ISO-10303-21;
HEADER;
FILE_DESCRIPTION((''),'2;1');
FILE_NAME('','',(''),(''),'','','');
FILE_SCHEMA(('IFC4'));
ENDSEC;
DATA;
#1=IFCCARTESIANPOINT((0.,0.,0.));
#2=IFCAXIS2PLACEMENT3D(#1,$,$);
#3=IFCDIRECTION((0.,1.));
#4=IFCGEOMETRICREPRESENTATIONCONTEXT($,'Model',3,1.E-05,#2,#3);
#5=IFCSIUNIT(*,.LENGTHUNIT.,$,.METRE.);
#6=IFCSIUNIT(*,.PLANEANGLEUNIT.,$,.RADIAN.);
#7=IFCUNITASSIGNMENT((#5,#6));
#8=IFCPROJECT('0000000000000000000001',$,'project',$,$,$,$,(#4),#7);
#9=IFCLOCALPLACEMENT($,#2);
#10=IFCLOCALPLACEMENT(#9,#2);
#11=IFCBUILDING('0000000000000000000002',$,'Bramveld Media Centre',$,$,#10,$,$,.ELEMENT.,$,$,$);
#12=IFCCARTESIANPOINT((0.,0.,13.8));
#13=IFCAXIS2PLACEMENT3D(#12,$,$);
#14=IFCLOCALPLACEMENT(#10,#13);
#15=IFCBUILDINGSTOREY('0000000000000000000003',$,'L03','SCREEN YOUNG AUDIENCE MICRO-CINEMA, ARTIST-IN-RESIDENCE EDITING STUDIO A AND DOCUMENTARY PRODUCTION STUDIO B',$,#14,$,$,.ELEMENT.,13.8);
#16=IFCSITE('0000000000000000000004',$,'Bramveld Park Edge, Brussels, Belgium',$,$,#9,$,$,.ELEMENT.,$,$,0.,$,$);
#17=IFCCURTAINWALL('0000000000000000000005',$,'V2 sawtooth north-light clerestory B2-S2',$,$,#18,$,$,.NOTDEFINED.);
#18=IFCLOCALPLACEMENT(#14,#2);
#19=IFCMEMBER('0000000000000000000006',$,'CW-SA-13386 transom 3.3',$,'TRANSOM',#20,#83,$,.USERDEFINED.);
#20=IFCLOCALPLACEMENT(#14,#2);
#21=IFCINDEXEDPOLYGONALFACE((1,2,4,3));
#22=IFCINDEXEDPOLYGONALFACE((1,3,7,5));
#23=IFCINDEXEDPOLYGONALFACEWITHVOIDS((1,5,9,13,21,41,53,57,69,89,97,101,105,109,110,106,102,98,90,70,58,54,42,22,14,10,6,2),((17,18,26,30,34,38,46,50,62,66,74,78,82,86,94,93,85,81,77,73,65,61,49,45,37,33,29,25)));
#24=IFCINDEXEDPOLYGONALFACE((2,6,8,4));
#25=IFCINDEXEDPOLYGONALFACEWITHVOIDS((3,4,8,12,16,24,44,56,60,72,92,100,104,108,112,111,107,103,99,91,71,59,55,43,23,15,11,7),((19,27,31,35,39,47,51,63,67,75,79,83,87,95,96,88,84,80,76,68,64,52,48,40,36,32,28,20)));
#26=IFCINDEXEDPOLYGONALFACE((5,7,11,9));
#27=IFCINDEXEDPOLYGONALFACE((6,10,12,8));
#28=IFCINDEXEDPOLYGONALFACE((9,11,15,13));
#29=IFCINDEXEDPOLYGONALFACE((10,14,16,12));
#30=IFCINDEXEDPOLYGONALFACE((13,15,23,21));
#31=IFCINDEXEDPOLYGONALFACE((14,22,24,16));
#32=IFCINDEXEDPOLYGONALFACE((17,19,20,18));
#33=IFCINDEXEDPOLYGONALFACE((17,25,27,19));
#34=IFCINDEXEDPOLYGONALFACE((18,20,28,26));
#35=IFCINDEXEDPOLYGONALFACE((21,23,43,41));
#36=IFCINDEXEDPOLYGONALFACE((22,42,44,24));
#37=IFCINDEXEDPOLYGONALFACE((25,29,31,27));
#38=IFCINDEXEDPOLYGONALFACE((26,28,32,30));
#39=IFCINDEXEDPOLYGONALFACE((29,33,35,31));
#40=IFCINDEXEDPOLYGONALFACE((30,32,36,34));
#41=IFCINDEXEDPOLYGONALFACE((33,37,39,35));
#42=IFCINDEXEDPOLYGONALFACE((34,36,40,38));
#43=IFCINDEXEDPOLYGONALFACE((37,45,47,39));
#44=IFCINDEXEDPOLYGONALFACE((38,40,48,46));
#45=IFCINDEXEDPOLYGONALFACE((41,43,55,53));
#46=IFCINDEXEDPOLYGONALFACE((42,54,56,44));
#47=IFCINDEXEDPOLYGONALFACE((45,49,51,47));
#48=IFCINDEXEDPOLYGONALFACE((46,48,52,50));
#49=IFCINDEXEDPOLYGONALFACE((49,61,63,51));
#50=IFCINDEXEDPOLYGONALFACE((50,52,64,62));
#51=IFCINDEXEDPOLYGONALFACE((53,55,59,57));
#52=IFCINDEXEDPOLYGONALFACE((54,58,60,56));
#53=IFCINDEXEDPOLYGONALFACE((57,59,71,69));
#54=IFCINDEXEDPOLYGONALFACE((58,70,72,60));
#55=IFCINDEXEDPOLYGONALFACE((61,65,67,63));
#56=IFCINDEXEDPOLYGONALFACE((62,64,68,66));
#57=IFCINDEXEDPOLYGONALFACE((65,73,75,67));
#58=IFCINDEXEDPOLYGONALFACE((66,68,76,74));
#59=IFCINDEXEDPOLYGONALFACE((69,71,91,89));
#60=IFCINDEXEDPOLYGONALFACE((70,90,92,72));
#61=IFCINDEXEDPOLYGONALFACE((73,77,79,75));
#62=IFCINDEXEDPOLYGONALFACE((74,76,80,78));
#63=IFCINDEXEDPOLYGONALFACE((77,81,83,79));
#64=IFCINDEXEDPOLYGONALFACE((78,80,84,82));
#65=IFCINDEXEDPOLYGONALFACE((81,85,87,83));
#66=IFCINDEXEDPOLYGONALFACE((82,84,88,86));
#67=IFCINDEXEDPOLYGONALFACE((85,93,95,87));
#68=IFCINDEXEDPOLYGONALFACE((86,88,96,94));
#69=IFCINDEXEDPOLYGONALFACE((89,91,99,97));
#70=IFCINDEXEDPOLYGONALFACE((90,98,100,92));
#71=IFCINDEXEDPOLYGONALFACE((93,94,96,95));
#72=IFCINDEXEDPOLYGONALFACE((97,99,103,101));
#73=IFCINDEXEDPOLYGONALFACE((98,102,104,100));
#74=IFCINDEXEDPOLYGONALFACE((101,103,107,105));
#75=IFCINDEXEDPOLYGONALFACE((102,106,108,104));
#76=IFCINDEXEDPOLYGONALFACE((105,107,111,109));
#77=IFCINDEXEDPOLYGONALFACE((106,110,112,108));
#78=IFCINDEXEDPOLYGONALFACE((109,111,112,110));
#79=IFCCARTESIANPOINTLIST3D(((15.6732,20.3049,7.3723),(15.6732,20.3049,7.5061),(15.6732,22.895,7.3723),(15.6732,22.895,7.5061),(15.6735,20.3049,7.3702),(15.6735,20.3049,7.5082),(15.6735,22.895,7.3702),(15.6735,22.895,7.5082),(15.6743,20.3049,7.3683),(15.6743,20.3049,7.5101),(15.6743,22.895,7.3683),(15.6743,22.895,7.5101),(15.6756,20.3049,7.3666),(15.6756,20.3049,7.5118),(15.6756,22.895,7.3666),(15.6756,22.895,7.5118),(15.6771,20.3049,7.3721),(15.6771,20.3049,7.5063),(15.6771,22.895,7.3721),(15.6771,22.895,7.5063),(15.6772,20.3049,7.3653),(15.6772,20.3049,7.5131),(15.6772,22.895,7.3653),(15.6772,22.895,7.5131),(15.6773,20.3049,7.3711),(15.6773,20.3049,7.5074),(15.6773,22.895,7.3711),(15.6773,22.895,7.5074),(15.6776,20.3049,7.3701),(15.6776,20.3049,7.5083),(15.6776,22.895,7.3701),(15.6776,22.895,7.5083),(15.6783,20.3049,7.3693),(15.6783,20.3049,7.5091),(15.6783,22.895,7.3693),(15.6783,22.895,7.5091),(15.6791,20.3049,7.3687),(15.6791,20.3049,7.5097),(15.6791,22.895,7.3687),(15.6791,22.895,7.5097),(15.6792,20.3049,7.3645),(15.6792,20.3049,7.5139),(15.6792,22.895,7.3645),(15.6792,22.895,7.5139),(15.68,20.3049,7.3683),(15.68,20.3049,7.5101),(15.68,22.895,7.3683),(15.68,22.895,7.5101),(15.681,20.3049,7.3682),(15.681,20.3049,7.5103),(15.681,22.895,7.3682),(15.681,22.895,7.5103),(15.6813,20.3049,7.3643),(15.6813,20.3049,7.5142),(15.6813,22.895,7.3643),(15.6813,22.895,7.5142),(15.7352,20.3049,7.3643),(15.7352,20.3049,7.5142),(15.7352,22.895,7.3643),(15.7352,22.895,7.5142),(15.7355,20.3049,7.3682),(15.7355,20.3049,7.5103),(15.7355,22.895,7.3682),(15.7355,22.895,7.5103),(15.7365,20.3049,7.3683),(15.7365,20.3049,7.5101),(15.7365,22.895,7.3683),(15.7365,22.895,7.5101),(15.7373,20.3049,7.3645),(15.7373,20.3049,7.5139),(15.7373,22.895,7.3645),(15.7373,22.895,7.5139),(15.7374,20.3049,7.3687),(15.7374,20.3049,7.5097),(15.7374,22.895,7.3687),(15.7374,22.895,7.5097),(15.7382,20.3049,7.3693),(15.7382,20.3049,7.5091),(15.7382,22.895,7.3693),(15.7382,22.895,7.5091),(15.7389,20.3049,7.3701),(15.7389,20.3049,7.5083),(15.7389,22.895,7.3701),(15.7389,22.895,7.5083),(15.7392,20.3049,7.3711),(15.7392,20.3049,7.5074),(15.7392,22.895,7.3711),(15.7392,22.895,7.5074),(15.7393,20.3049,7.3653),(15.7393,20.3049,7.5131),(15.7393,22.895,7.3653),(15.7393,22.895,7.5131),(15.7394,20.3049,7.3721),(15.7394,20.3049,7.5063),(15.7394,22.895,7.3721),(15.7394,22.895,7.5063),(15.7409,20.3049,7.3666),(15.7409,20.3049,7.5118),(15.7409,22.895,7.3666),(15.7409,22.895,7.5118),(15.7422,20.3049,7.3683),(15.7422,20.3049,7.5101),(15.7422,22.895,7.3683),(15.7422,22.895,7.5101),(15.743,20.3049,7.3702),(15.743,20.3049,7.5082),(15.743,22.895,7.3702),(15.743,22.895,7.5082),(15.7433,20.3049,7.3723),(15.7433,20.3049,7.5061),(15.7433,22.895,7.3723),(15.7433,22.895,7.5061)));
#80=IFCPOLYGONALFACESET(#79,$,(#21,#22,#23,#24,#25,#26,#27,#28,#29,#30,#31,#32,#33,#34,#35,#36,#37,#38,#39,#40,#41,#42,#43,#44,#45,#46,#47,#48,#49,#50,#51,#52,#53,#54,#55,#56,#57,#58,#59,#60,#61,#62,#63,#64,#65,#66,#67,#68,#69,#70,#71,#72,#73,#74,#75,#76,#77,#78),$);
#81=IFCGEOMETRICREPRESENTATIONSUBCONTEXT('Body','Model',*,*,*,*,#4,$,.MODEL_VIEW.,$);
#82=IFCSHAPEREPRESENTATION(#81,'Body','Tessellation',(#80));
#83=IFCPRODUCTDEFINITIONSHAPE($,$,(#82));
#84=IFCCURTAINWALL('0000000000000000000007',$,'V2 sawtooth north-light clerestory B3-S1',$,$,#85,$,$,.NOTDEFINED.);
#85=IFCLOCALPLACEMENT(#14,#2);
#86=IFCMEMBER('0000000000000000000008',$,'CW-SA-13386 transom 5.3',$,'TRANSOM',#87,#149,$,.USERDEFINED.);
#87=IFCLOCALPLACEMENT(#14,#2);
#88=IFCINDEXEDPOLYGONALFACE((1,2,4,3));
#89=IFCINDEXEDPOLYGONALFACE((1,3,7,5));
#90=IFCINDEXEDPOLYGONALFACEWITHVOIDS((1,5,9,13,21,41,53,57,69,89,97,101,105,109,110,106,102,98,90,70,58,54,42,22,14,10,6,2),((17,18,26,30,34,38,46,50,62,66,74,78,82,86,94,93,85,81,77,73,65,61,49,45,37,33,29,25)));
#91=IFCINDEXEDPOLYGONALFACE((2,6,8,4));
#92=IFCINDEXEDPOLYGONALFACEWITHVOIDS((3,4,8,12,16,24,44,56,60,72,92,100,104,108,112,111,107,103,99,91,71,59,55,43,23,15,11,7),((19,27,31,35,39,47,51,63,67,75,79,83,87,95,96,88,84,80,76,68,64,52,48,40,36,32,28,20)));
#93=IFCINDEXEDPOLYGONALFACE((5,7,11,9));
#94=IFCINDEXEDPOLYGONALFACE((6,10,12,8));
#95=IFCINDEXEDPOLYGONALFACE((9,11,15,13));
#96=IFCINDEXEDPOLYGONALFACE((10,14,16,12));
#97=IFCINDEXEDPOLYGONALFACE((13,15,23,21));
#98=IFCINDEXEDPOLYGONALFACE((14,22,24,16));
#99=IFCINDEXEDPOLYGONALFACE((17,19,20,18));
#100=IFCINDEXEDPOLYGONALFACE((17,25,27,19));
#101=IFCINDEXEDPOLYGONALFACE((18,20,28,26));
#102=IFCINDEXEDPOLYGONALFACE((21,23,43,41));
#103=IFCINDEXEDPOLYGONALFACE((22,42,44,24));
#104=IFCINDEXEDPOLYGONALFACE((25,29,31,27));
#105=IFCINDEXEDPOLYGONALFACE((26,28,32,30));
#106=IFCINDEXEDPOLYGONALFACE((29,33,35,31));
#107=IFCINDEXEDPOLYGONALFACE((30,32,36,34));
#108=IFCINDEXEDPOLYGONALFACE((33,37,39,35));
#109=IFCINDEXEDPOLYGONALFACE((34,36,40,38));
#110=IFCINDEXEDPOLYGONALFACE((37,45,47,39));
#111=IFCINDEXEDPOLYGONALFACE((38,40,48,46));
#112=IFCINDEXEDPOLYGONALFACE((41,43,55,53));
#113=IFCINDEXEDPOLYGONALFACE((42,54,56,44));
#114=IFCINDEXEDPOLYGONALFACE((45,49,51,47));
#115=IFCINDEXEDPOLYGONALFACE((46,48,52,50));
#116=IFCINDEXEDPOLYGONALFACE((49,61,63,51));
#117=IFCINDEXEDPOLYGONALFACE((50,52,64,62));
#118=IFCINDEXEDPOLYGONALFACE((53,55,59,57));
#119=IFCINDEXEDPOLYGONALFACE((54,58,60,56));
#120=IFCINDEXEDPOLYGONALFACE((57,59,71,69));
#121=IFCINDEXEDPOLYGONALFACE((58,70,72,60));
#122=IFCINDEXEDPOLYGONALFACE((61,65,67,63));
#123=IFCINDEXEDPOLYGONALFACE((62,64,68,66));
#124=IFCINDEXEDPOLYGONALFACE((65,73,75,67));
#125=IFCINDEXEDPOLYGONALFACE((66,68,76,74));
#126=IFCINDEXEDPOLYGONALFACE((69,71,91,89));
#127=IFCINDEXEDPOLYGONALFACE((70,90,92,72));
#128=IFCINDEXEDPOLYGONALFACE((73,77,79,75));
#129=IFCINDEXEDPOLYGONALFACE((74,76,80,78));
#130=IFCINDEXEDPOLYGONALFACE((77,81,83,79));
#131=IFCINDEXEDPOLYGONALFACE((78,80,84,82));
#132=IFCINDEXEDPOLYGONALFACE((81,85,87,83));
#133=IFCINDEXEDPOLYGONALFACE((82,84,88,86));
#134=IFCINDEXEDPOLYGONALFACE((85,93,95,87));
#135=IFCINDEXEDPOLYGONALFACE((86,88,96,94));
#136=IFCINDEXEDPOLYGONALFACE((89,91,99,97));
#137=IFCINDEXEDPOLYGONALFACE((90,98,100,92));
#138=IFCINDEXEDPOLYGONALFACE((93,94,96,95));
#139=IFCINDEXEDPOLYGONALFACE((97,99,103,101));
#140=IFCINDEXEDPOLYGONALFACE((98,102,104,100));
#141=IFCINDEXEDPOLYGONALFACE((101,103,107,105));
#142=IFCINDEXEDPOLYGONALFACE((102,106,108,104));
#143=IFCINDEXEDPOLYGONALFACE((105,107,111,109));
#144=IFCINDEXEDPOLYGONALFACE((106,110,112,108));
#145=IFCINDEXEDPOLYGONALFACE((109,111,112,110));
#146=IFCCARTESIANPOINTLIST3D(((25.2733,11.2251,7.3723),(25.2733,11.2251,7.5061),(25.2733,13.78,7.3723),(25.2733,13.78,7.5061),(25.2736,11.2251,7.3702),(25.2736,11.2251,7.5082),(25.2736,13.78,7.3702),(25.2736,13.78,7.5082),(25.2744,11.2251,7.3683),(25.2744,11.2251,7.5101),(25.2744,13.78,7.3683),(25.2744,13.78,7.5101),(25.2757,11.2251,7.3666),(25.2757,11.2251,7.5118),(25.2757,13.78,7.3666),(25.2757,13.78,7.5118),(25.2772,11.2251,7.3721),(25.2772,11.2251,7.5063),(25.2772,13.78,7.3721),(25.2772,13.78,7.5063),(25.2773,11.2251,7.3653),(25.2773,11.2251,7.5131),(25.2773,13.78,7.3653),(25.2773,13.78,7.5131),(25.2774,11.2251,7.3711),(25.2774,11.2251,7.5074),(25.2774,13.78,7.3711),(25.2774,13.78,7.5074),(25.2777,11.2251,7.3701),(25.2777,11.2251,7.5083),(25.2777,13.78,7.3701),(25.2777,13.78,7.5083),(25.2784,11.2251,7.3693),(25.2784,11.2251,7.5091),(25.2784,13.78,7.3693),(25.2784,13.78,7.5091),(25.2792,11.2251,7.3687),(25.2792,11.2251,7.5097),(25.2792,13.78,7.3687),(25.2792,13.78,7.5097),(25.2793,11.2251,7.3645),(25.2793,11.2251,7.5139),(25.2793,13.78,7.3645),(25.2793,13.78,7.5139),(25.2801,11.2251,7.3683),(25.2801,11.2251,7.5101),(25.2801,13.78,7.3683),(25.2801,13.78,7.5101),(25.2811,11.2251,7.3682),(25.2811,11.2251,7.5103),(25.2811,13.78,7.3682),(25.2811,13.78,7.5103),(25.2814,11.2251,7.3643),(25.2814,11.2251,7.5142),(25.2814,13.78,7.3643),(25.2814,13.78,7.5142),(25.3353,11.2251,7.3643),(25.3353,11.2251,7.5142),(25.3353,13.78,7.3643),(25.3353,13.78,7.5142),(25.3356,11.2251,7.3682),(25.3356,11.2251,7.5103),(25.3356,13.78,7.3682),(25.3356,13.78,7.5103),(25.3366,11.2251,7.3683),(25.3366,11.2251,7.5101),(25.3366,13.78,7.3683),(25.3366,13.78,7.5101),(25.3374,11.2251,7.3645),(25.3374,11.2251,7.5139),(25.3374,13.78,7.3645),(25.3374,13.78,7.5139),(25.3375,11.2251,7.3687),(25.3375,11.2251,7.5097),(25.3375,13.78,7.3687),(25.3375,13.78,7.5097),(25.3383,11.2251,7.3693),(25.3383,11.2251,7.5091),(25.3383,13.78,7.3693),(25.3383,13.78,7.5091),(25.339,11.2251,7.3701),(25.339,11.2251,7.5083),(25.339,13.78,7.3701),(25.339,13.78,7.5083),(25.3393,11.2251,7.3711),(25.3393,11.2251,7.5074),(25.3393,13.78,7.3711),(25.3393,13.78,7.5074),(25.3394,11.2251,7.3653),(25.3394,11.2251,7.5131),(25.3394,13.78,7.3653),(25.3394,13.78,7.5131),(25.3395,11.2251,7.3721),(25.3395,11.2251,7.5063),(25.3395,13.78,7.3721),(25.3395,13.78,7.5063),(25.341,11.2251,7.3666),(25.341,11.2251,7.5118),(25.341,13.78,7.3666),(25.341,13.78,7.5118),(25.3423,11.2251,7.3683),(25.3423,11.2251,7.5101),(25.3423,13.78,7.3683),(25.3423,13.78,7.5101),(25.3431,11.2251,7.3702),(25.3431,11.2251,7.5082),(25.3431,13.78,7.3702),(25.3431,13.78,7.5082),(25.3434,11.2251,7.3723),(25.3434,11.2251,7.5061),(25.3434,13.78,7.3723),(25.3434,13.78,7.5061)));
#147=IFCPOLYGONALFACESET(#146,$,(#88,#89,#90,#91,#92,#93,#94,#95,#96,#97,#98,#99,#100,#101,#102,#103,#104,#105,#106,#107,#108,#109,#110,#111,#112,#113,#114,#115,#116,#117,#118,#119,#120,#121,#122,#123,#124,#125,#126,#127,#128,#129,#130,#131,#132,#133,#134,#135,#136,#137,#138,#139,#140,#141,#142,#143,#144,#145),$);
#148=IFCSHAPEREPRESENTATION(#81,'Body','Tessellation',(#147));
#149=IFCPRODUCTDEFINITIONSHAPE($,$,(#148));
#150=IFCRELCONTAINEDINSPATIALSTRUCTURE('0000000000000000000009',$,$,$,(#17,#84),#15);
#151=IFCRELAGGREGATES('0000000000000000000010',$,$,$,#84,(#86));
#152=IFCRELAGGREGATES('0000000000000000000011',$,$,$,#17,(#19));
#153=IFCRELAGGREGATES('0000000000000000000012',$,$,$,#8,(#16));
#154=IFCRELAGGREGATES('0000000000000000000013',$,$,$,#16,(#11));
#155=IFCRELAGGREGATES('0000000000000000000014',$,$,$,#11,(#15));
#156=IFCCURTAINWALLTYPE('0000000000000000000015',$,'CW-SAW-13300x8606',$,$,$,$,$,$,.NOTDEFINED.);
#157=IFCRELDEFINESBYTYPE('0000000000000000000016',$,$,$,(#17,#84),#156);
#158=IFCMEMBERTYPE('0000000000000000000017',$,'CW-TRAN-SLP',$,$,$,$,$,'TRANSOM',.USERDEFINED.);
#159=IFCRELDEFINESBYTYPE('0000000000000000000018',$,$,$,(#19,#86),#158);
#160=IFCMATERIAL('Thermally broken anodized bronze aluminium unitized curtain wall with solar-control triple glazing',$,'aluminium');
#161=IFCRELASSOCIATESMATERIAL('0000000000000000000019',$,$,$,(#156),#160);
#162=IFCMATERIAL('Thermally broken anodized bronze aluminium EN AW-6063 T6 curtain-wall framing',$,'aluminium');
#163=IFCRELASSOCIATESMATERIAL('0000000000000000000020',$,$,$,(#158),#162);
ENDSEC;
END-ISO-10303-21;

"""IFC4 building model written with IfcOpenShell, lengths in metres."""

from ifc_helpers import new_model, si_unit, direction, frame, origin, origin_2d, place, context, subcontext, project, spatial, hollow_rectangle, extrude, material, material_profile, profile_set, type_object, element, aggregate, save


model = new_model("IFC4")

# Units and contexts
model_context = context("Model", 3, precision=1e-05, world=origin(), true_north=direction((0.0, 1.0)))
body_context = subcontext(model_context, "Body", "Model", "MODEL_VIEW")
ifc_project = project(units=[si_unit("LENGTHUNIT", "METRE"), si_unit("PLANEANGLEUNIT", "RADIAN")], contexts=[model_context])

# Site, building, storey
site_placement = place(None, origin())
site = spatial("IfcSite", under=ifc_project, at=site_placement, Name="Bramveld Park Edge, Brussels, Belgium", CompositionType="ELEMENT", RefElevation=0.0)
building_placement = place(site_placement, origin())
building = spatial("IfcBuilding", under=site, at=building_placement, Name="Bramveld Media Centre", CompositionType="ELEMENT")
storey_placement = place(building_placement, frame((0.0, 0.0, 13.8)))
storey = spatial("IfcBuildingStorey", under=building, at=storey_placement, Name="L03", Description="SCREEN YOUNG AUDIENCE MICRO-CINEMA, ARTIST-IN-RESIDENCE EDITING STUDIO A AND DOCUMENTARY PRODUCTION STUDIO B", CompositionType="ELEMENT", Elevation=13.8)

# Curtain wall
ifc_material_1 = material(Name="Thermally broken anodized bronze aluminium unitized curtain wall with solar-control triple glazing", Category="aluminium")
curtain_wall_type = type_object("IfcCurtainWallType", Name="CW-SAW-13300x8606", PredefinedType="NOTDEFINED", material=ifc_material_1)
curtain_wall_1_placement = place(storey_placement, origin())
curtain_wall_1 = element("IfcCurtainWall", 1, at=curtain_wall_1_placement, inside=storey, type_object=curtain_wall_type, Name="V2 sawtooth north-light clerestory B2-S2", PredefinedType="NOTDEFINED")

# Member
ifc_material_2 = material(Name="Thermally broken anodized bronze aluminium EN AW-6063 T6 curtain-wall framing", Category="aluminium")
ifc_material_profile_1 = material_profile(ifc_material_2, hollow_rectangle(XDim=0.0701, YDim=0.1499, WallThickness=0.0039, InnerFilletRadius=0.0039, OuterFilletRadius=0.0081, at=origin_2d()), Name="AL-TRAN 70x150")
ifc_profile_set_1 = profile_set([ifc_material_profile_1], Name="Thermally broken anodized bronze aluminium EN AW-6063 T6 curtain-wall framing")
member_type_1 = type_object("IfcMemberType", Name="CW-TRAN-SLP", ElementType="TRANSOM", PredefinedType="USERDEFINED", material=ifc_profile_set_1)
member_1_placement = place(storey_placement, frame((15.7083, 20.3049, 7.4392), z_axis=(0.0, 1.0, 0.0), x_axis=(-1.0, 0.0, 0.0)))
member_1 = element("IfcMember", 2, at=member_1_placement, type_object=member_type_1, Name="CW-SA-13386 transom 3.3", ObjectType="TRANSOM", PredefinedType="USERDEFINED", context=body_context, shape_type="SweptSolid", body=[
    extrude(hollow_rectangle(XDim=0.0701, YDim=0.1499, WallThickness=0.0039, InnerFilletRadius=0.0039, OuterFilletRadius=0.0081, at=origin_2d()), origin(), (0.0, 0.0, 1.0), 2.5901),
])

# Curtain wall, member
curtain_wall_2_placement = place(storey_placement, origin())
curtain_wall_2 = element("IfcCurtainWall", 3, at=curtain_wall_2_placement, inside=storey, type_object=curtain_wall_type, Name="V2 sawtooth north-light clerestory B3-S1", PredefinedType="NOTDEFINED")
member_2_placement = place(storey_placement, frame((25.3083, 11.2251, 7.4392), z_axis=(0.0, 1.0, 0.0), x_axis=(-1.0, 0.0, 0.0)))
member_2 = element("IfcMember", 4, at=member_2_placement, type_object=member_type_1, Name="CW-SA-13386 transom 5.3", ObjectType="TRANSOM", PredefinedType="USERDEFINED", context=body_context, shape_type="SweptSolid", body=[
    extrude(hollow_rectangle(XDim=0.0701, YDim=0.1499, WallThickness=0.0039, InnerFilletRadius=0.0039, OuterFilletRadius=0.0081, at=origin_2d()), origin(), (0.0, 0.0, 1.0), 2.5549),
])
aggregate(curtain_wall_2, [member_2])

aggregate(curtain_wall_1, [member_1])

save(model, "model.ifc")
